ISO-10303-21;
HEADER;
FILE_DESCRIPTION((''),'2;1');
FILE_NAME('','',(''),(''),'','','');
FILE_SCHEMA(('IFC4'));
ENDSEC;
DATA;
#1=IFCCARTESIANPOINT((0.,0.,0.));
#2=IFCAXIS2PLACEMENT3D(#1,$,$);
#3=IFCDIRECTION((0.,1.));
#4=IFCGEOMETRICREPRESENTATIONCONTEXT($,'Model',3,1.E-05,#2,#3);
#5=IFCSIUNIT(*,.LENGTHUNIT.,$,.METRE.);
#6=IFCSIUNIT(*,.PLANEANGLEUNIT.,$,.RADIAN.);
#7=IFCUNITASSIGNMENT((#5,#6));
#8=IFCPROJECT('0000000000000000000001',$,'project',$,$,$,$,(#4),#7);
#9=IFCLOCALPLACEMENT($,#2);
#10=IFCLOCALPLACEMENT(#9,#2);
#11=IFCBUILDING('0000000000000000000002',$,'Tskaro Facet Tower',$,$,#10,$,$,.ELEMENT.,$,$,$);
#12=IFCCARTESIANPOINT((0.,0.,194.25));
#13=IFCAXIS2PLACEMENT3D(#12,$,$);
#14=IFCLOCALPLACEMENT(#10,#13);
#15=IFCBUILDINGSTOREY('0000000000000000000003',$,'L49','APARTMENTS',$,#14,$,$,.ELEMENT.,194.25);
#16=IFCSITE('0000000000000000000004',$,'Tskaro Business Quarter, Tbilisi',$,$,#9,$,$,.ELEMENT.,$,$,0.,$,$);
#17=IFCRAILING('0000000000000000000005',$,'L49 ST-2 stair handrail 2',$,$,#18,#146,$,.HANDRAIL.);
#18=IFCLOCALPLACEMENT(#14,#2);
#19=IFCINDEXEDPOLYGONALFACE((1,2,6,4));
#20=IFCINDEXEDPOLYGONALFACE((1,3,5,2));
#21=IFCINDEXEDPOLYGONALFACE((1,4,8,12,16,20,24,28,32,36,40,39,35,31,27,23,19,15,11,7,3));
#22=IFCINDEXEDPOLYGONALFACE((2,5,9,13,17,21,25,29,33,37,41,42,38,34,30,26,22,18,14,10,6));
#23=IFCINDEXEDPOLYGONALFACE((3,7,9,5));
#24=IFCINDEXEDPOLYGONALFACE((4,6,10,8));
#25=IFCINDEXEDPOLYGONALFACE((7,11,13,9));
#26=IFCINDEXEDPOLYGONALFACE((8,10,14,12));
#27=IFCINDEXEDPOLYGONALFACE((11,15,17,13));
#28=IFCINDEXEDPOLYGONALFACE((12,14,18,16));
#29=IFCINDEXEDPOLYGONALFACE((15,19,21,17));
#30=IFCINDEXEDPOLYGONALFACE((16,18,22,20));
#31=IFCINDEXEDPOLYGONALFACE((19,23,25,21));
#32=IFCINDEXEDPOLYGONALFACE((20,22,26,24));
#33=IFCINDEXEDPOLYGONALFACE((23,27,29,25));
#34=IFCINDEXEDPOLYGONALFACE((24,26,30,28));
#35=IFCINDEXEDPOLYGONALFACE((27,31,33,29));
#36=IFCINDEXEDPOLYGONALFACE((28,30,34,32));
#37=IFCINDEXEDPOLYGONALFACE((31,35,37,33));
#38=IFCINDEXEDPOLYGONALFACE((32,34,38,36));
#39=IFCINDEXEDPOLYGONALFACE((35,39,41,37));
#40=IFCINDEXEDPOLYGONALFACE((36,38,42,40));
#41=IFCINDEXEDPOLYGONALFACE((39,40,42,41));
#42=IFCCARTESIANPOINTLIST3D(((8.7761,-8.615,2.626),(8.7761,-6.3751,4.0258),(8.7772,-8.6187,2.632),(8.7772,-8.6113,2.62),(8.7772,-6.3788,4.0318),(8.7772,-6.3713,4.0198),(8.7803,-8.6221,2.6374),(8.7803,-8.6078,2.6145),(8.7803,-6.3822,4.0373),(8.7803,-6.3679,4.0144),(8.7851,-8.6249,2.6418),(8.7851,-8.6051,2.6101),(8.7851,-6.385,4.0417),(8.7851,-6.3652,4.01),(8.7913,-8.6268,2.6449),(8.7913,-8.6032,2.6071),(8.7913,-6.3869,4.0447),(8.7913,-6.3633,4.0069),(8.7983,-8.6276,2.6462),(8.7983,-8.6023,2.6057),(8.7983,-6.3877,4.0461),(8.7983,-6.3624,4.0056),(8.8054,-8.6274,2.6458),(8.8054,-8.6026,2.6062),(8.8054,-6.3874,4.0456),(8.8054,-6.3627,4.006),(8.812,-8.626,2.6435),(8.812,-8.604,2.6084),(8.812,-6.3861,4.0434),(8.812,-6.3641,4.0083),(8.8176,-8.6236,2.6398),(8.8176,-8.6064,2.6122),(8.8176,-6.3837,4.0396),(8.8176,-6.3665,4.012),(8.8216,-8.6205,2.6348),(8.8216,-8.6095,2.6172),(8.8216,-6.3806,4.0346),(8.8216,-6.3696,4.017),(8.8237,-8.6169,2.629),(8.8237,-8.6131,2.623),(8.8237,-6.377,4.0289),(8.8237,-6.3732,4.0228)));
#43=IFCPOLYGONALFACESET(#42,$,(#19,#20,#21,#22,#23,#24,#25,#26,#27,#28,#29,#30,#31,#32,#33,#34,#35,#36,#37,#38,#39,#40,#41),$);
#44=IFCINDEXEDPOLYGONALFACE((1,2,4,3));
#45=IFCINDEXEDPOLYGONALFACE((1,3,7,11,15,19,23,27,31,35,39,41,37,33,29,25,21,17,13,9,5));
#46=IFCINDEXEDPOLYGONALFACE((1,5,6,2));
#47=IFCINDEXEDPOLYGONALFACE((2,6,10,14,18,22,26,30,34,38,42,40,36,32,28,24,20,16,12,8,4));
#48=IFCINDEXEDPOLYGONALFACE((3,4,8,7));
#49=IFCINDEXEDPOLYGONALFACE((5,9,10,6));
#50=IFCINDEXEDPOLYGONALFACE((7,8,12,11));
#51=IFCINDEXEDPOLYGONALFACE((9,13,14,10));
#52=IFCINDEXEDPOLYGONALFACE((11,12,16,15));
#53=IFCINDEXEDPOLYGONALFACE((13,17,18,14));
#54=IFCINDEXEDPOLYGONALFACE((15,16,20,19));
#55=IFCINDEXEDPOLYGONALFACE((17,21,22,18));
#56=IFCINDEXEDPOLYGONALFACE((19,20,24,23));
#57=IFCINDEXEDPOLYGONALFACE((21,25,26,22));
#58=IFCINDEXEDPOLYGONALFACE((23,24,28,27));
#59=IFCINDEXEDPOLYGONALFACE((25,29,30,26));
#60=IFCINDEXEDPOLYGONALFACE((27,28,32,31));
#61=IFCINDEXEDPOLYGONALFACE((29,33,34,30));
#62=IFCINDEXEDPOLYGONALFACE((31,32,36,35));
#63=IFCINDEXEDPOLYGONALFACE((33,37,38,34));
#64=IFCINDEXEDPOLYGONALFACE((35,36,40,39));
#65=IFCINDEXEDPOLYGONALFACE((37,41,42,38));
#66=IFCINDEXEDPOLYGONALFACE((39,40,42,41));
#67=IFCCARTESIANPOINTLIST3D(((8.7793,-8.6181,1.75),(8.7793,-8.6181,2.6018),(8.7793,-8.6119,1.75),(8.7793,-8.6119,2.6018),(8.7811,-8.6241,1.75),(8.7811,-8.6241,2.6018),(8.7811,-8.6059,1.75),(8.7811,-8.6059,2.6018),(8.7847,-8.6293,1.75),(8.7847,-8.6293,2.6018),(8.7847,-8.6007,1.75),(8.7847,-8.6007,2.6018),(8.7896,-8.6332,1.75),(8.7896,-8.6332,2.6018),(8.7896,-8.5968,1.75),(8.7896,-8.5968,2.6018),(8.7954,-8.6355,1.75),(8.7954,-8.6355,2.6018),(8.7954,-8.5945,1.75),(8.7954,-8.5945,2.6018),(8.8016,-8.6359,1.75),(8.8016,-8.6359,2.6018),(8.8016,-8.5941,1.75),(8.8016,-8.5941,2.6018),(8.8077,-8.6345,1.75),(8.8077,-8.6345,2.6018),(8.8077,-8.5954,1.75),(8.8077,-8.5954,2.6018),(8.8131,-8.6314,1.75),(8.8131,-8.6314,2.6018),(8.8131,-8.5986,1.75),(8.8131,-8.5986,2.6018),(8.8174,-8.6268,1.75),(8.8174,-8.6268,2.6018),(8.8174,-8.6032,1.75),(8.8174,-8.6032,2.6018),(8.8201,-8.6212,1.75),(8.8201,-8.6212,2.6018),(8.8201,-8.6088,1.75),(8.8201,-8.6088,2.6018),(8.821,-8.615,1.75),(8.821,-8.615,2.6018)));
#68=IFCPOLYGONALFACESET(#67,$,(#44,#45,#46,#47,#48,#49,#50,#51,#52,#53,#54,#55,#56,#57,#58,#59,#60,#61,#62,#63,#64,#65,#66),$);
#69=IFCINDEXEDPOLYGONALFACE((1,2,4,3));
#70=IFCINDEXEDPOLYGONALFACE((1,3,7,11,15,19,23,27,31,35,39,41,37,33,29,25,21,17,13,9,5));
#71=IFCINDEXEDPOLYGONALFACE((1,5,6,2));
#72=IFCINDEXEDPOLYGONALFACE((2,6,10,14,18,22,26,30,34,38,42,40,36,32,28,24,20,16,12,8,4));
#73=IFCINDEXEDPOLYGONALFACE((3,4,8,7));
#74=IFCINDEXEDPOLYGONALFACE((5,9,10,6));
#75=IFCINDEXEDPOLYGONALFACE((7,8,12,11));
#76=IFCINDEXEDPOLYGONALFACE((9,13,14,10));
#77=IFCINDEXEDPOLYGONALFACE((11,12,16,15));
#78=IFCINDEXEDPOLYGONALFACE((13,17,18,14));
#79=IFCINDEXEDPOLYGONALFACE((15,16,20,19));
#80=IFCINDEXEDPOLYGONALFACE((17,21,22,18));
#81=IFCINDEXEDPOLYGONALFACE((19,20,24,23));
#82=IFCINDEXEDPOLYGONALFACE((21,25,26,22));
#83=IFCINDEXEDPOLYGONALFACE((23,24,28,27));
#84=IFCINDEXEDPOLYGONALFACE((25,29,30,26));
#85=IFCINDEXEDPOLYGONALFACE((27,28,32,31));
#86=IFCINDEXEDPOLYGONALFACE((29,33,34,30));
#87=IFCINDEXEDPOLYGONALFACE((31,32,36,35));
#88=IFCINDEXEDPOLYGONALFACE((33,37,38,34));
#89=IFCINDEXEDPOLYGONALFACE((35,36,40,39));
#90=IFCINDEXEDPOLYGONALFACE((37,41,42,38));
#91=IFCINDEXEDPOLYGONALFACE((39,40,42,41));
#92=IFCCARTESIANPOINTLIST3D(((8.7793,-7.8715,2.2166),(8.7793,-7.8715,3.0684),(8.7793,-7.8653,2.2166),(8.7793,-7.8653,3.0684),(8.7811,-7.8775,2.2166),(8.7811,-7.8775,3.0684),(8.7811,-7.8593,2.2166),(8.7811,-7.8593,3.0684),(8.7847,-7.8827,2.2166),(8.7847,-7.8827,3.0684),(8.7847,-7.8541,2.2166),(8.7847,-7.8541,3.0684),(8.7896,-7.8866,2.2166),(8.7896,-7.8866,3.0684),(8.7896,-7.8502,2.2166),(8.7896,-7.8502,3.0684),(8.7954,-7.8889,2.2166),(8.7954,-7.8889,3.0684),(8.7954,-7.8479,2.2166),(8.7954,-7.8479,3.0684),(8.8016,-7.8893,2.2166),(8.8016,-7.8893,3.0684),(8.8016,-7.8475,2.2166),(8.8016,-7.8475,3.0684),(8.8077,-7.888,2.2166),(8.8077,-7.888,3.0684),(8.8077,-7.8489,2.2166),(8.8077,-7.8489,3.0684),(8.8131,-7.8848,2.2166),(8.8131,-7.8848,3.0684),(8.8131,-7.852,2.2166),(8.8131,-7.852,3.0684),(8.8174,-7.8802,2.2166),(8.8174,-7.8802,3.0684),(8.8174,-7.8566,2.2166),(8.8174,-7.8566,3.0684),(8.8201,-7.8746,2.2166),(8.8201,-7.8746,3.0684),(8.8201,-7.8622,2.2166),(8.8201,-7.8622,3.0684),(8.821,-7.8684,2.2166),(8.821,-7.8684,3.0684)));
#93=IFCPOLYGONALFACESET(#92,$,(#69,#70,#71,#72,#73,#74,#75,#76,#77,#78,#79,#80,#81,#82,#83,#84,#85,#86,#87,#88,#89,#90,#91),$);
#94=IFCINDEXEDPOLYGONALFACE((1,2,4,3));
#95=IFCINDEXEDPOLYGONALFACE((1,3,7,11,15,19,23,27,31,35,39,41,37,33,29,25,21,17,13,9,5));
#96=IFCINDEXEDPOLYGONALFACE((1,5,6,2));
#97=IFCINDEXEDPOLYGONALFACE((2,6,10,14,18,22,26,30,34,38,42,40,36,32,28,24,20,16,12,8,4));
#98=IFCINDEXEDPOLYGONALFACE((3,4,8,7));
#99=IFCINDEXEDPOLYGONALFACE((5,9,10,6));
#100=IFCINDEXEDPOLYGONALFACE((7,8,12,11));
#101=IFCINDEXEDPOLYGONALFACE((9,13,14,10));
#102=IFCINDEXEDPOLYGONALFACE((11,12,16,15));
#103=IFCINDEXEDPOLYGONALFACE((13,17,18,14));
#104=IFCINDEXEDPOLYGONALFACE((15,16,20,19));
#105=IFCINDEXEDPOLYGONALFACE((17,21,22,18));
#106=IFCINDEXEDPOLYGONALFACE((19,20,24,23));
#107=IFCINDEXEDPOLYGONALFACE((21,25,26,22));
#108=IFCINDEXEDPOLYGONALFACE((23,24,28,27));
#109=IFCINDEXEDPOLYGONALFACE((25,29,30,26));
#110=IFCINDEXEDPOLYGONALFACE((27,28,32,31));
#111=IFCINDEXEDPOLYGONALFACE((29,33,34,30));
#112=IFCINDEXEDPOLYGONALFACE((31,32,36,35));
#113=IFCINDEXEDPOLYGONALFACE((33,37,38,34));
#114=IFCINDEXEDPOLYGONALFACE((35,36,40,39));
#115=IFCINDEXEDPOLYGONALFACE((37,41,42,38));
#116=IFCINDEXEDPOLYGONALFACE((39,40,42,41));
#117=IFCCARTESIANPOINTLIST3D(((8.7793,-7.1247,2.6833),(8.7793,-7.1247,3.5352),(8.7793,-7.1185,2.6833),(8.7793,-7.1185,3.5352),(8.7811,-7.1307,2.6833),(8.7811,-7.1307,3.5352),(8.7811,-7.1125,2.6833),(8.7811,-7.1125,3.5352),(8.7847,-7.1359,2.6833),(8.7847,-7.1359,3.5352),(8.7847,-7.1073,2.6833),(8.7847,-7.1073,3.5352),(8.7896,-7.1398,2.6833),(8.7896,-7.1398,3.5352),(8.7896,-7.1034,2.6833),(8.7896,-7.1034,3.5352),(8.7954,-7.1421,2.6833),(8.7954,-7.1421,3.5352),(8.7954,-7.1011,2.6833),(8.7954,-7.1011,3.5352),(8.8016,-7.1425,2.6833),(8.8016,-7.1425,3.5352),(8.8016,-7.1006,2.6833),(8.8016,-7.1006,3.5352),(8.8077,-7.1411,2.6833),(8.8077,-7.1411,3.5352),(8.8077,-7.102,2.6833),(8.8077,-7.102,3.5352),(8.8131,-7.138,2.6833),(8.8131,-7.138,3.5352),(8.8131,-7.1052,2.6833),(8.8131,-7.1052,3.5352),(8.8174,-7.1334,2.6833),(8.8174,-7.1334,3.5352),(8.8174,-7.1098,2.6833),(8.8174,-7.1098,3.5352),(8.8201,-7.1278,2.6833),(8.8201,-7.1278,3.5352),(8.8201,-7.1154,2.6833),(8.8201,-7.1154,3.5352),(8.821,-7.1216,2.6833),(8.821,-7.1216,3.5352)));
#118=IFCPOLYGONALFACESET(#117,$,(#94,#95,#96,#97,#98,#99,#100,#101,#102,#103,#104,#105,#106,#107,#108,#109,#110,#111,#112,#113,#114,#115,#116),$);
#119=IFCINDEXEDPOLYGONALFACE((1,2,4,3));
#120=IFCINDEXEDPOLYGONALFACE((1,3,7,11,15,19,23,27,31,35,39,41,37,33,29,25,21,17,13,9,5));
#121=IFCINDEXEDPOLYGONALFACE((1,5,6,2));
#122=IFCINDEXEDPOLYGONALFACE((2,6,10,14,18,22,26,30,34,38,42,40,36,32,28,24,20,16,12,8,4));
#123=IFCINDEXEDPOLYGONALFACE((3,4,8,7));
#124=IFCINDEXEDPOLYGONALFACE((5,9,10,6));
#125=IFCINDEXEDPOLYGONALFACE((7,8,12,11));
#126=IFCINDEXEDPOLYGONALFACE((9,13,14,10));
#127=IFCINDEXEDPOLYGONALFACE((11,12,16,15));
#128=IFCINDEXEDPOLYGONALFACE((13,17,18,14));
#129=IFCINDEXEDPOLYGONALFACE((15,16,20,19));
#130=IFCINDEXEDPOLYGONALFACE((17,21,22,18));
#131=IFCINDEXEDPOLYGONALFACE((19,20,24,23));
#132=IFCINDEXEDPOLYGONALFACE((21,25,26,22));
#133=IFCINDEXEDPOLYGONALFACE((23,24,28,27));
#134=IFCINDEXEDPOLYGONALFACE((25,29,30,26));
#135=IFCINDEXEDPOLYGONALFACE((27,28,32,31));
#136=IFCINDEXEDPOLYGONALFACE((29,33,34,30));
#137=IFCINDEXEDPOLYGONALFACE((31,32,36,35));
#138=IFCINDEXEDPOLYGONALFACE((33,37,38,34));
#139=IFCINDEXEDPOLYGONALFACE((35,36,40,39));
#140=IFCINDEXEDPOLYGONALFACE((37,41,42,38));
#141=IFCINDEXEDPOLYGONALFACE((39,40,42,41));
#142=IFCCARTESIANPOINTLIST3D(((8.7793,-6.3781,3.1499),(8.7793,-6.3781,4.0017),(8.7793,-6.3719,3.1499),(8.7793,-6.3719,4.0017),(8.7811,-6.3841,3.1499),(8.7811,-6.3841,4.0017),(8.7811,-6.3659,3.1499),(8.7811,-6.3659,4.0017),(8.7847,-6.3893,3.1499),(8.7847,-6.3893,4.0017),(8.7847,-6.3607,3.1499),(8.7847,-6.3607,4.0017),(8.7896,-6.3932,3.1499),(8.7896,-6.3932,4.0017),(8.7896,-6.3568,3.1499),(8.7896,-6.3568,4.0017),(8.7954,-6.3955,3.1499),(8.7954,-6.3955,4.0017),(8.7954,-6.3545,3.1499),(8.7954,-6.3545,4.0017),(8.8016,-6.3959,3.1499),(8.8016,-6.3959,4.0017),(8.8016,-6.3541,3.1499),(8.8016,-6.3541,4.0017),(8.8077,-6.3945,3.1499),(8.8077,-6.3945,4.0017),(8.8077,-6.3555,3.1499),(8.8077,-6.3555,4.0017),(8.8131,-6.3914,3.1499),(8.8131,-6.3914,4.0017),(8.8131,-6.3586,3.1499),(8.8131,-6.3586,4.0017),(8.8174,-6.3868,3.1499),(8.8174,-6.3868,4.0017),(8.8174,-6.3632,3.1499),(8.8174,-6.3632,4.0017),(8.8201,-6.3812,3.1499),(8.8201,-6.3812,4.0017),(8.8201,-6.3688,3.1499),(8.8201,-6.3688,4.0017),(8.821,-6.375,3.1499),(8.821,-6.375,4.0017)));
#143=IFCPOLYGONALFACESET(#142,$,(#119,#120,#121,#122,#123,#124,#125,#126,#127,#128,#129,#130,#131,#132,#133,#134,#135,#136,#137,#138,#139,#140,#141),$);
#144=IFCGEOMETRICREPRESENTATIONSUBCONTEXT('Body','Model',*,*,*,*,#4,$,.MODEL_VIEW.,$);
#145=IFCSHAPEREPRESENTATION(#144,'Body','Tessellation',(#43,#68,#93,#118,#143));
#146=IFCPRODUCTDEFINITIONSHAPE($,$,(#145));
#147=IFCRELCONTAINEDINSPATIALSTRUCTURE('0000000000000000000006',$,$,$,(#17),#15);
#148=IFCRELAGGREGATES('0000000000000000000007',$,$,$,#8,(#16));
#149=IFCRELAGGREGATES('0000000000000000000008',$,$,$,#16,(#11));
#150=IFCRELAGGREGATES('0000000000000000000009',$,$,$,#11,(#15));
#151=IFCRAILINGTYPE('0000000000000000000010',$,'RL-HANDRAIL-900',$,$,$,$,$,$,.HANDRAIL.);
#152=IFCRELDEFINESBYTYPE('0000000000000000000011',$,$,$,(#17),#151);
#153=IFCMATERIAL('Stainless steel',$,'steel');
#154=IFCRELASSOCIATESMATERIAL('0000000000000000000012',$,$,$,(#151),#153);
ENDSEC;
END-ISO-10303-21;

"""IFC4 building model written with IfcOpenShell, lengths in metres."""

from ifc_helpers import new_model, si_unit, direction, frame, origin, origin_2d, place, context, subcontext, project, spatial, circle, extrude, material, type_object, element, save


model = new_model("IFC4")

# Units and contexts
model_context = context("Model", 3, precision=1e-05, world=origin(), true_north=direction((0.0, 1.0)))
body_context = subcontext(model_context, "Body", "Model", "MODEL_VIEW")
ifc_project = project(units=[si_unit("LENGTHUNIT", "METRE"), si_unit("PLANEANGLEUNIT", "RADIAN")], contexts=[model_context])

# Site, building, storey
site_placement = place(None, origin())
site = spatial("IfcSite", under=ifc_project, at=site_placement, Name="Tskaro Business Quarter, Tbilisi", CompositionType="ELEMENT", RefElevation=0.0)
building_placement = place(site_placement, origin())
building = spatial("IfcBuilding", under=site, at=building_placement, Name="Tskaro Facet Tower", CompositionType="ELEMENT")
storey_placement = place(building_placement, frame((0.0, 0.0, 194.25)))
storey = spatial("IfcBuildingStorey", under=building, at=storey_placement, Name="L49", Description="APARTMENTS", CompositionType="ELEMENT", Elevation=194.25)

# Shared definitions
ifc_material_1 = material(Name="Stainless steel", Category="steel")

# Railing
railing_type_1 = type_object("IfcRailingType", Name="RL-HANDRAIL-900", PredefinedType="HANDRAIL", material=ifc_material_1)
railing_1_placement = place(storey_placement, frame((8.8, -8.615, 1.75)))
element("IfcRailing", 1, at=railing_1_placement, inside=storey, type_object=railing_type_1, Name="L49 ST-2 stair handrail 2", PredefinedType="HANDRAIL", context=body_context, shape_type="SweptSolid", body=[
    extrude(circle(Radius=0.0239, at=origin_2d()), frame((0.0, 0.0, 0.876), z_axis=(0.0, 0.848014, 0.529974), x_axis=(-1.0, 0.0, 0.0)), (0.0, 0.0, 1.0), 2.6414),
    extrude(circle(Radius=0.021, at=origin_2d()), origin(), (0.0, 0.0, 1.0), 0.8518),
    extrude(circle(Radius=0.021, at=origin_2d()), frame((0.0, 0.7466, 0.4666)), (0.0, 0.0, 1.0), 0.8518),
    extrude(circle(Radius=0.021, at=origin_2d()), frame((0.0, 1.4934, 0.9333)), (0.0, 0.0, 1.0), 0.8518),
    extrude(circle(Radius=0.021, at=origin_2d()), frame((0.0, 2.24, 1.3999)), (0.0, 0.0, 1.0), 0.8518),
])

save(model, "model.ifc")
